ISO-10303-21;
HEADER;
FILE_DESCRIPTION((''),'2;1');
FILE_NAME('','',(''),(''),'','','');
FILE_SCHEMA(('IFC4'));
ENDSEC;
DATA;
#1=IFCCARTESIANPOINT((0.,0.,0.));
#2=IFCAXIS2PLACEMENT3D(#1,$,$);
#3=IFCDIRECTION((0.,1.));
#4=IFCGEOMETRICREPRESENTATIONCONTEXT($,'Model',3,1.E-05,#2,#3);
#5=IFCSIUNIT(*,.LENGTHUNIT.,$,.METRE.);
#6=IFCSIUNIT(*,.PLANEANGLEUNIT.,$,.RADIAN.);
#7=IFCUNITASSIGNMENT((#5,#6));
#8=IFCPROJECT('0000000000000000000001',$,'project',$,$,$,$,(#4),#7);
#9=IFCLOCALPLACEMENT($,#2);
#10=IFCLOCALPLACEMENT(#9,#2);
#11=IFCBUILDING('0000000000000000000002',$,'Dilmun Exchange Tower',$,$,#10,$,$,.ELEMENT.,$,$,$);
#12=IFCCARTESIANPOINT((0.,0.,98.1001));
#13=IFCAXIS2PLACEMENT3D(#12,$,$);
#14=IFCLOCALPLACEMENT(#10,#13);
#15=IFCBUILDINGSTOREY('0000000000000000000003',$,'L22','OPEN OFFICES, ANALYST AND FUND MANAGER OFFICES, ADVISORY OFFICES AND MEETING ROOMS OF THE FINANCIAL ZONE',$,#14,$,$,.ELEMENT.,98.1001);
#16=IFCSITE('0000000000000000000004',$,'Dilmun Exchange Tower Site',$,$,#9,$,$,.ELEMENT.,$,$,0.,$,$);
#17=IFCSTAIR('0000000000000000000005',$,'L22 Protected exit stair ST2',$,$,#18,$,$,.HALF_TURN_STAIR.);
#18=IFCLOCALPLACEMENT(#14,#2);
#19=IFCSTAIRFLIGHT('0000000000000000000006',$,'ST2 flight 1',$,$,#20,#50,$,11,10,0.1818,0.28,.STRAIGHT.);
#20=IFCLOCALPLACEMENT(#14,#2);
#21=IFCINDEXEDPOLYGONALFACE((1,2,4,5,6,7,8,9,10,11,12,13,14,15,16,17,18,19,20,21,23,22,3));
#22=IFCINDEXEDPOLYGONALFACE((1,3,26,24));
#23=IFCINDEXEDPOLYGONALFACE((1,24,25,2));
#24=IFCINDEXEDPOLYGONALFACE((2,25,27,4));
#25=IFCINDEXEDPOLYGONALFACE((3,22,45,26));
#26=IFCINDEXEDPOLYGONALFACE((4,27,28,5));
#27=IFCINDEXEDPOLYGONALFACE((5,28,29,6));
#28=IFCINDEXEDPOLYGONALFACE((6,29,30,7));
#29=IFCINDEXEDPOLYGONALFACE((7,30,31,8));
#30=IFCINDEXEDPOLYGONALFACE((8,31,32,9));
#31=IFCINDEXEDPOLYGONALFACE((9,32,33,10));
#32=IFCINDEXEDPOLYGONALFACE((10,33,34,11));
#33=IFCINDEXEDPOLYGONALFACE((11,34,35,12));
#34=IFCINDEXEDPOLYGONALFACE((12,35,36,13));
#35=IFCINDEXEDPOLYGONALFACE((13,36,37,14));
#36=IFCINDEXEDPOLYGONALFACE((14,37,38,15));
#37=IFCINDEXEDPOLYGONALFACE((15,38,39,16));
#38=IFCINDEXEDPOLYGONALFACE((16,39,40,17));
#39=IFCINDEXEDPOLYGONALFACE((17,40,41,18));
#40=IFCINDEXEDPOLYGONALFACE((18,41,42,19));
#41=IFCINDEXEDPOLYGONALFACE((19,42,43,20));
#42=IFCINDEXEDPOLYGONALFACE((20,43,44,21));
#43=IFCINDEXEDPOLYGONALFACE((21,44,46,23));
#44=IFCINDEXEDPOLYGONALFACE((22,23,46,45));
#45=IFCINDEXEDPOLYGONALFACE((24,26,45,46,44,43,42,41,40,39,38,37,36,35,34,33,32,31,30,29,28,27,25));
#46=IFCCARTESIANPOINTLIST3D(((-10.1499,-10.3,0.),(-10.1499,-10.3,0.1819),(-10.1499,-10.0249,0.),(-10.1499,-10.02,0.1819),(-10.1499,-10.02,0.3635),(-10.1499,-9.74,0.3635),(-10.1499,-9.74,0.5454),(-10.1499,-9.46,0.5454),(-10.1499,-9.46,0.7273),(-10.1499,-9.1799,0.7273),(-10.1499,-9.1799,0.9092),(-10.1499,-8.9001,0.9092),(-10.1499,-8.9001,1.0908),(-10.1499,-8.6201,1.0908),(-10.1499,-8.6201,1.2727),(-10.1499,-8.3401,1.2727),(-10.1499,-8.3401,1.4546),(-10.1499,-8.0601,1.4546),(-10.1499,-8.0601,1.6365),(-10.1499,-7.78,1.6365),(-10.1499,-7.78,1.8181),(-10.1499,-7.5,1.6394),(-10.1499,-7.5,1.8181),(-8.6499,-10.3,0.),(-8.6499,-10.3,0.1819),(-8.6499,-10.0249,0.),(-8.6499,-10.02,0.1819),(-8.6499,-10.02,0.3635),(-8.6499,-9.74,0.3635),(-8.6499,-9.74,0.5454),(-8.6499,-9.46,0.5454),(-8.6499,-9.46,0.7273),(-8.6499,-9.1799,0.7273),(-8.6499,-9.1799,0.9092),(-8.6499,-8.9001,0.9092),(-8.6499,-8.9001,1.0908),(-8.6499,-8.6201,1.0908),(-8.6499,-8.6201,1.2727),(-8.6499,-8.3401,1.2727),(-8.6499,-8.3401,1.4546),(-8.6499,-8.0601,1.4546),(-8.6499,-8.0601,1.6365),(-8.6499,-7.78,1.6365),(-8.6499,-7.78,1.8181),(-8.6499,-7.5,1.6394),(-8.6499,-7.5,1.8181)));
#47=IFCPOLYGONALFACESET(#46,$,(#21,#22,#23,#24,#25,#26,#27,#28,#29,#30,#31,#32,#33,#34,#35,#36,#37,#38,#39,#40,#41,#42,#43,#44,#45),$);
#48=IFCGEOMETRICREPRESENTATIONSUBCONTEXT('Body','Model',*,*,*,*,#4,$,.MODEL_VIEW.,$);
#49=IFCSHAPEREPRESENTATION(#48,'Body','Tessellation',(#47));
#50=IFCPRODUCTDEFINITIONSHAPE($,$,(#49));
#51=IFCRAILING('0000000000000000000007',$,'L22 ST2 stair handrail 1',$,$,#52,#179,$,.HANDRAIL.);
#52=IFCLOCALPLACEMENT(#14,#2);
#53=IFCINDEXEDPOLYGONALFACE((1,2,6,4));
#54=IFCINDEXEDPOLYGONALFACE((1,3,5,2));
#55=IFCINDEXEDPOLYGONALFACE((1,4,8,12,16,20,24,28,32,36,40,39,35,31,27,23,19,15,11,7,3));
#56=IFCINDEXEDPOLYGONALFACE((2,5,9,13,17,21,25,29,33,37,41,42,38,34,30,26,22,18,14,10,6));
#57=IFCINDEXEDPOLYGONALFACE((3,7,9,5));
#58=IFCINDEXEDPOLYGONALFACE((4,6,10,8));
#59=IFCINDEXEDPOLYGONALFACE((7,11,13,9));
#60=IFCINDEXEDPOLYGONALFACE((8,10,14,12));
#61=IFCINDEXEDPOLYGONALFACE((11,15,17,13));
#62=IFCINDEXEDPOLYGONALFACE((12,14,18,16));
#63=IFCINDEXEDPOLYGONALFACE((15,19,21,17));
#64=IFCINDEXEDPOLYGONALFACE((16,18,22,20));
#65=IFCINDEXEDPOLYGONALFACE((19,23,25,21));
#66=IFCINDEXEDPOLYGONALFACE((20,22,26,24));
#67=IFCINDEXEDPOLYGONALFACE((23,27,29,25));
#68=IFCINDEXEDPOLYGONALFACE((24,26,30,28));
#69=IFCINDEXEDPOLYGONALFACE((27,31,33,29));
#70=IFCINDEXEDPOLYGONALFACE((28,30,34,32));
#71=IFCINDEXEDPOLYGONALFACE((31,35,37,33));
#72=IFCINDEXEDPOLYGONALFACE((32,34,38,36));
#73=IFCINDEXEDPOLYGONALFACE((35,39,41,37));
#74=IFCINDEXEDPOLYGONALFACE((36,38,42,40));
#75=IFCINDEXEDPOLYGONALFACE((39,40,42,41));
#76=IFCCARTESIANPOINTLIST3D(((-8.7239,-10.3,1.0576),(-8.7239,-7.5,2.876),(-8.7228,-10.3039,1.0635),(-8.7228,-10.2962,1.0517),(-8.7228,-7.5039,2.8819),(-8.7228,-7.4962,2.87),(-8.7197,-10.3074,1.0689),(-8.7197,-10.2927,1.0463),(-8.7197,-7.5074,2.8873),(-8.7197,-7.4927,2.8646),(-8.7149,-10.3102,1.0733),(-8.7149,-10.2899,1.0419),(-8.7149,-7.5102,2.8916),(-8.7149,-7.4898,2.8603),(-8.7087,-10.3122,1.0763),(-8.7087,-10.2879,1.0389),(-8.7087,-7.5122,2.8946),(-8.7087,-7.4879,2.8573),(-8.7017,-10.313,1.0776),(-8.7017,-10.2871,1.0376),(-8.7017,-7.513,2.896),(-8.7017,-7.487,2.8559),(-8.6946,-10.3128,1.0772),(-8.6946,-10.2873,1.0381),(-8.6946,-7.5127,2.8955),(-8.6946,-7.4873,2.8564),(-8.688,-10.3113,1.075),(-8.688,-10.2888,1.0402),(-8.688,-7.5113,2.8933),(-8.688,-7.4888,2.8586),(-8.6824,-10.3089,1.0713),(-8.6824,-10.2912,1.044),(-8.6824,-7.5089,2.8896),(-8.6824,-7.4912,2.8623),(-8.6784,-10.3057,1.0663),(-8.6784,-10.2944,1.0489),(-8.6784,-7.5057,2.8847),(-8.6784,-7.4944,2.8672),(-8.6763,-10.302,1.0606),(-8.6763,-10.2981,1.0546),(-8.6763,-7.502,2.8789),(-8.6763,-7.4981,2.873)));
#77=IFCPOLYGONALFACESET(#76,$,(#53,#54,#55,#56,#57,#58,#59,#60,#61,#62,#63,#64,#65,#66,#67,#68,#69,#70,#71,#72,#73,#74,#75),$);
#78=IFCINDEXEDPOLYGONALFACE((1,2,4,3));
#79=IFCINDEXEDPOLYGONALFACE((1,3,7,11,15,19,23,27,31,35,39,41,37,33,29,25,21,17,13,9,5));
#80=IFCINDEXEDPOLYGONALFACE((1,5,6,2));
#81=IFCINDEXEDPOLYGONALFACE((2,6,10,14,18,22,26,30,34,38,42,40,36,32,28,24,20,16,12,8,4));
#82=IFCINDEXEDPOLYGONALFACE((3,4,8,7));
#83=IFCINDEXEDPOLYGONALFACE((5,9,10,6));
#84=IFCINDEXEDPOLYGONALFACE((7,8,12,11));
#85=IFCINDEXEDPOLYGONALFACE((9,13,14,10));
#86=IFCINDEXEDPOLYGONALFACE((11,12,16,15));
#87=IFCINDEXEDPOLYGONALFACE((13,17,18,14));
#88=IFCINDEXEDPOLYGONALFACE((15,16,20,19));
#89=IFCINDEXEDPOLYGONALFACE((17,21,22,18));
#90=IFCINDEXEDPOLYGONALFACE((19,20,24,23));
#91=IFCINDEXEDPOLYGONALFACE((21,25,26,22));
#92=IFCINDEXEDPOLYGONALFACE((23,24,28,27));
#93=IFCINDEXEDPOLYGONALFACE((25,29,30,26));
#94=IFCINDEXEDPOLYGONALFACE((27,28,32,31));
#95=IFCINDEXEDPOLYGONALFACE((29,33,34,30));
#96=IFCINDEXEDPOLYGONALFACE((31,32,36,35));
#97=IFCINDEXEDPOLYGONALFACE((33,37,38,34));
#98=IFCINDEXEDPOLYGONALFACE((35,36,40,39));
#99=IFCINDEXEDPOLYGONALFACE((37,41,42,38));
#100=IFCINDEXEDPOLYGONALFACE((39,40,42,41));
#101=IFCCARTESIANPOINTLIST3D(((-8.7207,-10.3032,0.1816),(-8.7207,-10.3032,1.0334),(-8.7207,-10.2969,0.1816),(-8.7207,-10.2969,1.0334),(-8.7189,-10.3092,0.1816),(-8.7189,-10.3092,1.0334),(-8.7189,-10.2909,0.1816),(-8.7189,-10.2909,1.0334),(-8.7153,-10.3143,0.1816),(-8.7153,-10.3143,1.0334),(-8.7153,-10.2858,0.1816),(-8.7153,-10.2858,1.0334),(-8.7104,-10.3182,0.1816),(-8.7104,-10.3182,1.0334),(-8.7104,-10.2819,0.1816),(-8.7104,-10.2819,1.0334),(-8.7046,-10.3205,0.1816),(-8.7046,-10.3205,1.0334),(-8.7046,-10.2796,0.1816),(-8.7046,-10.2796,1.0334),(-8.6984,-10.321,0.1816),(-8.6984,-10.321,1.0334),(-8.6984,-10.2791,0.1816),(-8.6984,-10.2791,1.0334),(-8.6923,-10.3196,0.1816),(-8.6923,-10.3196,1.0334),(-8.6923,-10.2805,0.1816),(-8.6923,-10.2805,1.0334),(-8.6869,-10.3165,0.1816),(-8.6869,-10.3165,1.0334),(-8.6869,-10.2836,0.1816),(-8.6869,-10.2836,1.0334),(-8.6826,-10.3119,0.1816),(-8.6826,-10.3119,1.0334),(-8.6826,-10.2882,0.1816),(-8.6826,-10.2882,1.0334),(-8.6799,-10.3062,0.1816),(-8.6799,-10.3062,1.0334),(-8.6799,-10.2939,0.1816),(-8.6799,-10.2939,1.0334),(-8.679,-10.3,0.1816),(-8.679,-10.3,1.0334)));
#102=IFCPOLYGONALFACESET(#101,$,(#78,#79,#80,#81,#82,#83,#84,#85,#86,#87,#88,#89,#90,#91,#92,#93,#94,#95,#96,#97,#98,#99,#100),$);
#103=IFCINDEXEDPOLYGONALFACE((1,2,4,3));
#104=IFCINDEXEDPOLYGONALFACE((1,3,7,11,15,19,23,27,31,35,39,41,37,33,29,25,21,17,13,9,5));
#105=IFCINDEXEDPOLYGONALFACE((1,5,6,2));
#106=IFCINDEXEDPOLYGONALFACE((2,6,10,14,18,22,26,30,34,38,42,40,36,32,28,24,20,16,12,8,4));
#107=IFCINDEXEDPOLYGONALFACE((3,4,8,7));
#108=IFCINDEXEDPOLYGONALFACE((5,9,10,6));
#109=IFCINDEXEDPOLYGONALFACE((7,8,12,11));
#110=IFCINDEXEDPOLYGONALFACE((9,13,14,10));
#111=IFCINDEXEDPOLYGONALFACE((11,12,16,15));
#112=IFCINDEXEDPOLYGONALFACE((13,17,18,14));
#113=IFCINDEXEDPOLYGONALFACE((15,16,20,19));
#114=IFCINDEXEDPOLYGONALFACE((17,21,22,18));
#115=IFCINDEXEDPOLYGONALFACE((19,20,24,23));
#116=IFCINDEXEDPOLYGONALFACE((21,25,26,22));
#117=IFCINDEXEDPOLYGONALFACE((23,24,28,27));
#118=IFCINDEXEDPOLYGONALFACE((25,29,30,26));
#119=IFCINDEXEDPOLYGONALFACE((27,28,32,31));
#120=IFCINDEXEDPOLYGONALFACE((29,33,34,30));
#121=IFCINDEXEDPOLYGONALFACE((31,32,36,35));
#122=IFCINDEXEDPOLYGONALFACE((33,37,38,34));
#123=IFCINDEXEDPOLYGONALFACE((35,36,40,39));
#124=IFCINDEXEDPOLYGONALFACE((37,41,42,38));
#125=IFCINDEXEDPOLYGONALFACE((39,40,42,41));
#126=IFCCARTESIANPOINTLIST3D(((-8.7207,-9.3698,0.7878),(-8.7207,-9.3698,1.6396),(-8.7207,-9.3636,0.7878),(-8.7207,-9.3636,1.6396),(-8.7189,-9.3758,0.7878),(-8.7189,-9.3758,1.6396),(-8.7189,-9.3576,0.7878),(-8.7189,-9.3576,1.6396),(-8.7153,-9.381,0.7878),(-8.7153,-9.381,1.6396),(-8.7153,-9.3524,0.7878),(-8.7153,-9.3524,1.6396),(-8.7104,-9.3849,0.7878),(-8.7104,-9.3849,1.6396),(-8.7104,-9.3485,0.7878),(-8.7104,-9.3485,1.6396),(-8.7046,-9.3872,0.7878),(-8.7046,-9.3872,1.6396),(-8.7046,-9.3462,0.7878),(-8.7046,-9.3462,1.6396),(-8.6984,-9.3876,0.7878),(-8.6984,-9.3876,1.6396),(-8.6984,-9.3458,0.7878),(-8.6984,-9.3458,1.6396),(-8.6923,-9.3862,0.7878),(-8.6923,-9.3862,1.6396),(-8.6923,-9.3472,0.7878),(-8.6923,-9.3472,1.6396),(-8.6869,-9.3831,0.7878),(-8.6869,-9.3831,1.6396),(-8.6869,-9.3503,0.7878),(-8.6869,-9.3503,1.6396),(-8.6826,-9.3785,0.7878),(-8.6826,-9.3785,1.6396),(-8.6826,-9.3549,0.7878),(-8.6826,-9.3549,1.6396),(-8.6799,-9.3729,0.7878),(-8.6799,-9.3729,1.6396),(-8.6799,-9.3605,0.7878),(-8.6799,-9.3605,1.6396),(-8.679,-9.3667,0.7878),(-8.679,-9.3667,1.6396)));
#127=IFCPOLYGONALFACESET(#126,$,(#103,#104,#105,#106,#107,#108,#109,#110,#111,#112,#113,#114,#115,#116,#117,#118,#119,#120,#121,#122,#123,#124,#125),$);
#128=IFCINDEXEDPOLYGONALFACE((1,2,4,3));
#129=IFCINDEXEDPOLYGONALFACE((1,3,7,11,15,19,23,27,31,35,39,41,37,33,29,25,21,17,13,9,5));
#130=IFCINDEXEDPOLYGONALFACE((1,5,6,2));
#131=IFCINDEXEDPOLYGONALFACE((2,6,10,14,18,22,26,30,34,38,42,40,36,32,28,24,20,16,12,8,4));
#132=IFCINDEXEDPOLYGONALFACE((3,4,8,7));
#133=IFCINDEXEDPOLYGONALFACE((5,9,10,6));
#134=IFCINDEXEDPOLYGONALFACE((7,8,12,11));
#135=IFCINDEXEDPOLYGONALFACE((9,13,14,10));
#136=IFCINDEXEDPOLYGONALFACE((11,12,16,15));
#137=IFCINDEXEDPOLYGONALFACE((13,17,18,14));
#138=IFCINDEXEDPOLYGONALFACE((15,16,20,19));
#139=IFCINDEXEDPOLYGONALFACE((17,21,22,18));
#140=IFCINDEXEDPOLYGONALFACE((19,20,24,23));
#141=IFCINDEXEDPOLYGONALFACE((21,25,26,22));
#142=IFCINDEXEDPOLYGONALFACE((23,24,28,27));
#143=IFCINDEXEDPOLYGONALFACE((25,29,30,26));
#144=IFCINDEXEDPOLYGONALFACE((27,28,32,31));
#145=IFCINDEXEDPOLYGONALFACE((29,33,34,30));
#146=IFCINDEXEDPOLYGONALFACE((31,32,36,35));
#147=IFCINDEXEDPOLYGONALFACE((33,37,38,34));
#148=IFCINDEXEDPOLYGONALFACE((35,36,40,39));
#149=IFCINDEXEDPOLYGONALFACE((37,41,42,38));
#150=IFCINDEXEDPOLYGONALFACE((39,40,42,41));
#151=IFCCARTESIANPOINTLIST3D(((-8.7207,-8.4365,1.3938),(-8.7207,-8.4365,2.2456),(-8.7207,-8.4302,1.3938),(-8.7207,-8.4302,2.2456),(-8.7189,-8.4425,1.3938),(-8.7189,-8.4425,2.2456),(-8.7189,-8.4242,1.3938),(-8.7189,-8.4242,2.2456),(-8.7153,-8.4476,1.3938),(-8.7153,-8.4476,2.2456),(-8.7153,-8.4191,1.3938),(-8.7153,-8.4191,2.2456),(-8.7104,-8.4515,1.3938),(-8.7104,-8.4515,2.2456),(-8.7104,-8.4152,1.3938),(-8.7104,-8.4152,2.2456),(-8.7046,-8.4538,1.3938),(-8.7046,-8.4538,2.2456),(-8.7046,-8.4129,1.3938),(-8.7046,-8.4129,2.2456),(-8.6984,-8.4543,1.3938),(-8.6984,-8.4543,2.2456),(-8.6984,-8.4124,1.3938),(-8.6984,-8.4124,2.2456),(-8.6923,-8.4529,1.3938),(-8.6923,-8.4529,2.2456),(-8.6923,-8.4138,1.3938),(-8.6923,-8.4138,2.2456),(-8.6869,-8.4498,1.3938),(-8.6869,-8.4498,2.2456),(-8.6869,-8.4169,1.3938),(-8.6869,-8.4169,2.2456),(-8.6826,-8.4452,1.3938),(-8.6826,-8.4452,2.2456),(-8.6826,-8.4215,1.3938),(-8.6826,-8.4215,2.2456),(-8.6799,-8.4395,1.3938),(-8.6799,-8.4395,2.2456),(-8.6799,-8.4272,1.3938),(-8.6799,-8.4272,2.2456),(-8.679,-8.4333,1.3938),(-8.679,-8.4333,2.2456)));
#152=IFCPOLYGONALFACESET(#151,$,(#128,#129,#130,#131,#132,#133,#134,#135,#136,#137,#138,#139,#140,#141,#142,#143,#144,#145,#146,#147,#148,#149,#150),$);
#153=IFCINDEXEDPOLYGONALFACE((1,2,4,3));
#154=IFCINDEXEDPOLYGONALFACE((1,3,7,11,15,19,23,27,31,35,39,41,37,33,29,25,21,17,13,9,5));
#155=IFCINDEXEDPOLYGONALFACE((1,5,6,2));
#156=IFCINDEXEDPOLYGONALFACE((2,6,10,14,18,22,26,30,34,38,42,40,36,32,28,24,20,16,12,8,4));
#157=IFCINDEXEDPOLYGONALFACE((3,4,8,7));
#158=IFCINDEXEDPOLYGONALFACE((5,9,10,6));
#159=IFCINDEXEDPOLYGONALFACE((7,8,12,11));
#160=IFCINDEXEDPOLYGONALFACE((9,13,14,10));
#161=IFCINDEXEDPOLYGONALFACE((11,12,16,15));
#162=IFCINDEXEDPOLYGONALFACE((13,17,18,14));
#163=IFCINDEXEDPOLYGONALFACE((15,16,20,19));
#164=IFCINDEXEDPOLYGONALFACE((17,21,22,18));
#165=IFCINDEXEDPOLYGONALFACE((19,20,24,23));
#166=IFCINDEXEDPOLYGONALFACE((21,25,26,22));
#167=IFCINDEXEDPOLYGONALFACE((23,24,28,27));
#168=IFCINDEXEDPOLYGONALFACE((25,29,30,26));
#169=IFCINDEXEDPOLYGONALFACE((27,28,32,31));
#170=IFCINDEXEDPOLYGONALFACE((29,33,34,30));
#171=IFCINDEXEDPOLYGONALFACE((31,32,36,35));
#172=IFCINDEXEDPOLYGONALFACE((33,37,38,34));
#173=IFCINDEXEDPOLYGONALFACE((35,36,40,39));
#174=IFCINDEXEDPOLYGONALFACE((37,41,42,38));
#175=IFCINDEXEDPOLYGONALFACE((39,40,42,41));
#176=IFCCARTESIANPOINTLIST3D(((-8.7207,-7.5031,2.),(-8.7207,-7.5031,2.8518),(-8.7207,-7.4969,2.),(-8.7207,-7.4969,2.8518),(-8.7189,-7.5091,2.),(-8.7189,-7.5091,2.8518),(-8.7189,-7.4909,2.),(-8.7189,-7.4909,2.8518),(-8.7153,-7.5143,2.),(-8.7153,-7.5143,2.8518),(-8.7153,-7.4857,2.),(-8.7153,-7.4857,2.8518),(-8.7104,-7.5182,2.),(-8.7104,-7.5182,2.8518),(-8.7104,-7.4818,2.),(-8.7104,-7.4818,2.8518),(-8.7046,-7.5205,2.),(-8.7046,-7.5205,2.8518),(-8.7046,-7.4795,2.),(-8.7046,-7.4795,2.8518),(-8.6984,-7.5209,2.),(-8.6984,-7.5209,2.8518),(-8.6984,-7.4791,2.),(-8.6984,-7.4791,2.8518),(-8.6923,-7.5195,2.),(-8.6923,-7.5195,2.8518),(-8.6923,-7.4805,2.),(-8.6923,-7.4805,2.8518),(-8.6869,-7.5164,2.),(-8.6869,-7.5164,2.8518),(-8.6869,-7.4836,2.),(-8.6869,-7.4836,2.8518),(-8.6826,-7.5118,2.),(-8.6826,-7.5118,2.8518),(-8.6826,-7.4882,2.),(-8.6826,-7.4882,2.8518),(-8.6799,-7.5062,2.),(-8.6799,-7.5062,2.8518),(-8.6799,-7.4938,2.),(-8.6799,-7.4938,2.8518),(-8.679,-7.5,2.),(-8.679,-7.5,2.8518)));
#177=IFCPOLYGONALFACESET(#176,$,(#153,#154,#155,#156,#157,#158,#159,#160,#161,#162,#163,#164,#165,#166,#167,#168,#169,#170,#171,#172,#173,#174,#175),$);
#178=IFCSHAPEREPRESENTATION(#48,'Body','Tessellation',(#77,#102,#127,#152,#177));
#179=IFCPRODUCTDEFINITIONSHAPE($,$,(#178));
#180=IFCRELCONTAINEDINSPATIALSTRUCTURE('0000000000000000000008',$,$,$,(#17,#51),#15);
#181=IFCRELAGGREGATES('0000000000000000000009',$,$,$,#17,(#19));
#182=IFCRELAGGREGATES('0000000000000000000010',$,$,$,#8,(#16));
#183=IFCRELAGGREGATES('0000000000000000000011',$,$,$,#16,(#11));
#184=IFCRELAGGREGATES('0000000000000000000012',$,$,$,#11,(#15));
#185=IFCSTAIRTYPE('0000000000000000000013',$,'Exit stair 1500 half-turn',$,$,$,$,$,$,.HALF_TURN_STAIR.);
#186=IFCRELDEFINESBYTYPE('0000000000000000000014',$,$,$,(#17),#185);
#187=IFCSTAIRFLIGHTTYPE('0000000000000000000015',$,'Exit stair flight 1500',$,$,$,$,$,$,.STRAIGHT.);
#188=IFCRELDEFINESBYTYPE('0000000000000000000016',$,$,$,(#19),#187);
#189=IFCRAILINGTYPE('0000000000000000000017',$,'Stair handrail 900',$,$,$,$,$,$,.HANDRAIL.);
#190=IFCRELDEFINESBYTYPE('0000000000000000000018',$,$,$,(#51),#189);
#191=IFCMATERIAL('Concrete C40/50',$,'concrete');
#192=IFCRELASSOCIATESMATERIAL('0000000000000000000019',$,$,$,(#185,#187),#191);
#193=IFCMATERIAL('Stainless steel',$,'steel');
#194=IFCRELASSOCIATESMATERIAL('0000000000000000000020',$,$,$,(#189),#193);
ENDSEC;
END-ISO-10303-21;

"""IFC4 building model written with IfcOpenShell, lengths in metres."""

from ifc_helpers import new_model, si_unit, direction, frame, origin, origin_2d, place, context, subcontext, project, spatial, polyline, circle, outline, extrude, material, type_object, element, aggregate, save


model = new_model("IFC4")

# Units and contexts
model_context = context("Model", 3, precision=1e-05, world=origin(), true_north=direction((0.0, 1.0)))
body_context = subcontext(model_context, "Body", "Model", "MODEL_VIEW")
ifc_project = project(units=[si_unit("LENGTHUNIT", "METRE"), si_unit("PLANEANGLEUNIT", "RADIAN")], contexts=[model_context])

# Site, building, storey
site_placement = place(None, origin())
site = spatial("IfcSite", under=ifc_project, at=site_placement, Name="Dilmun Exchange Tower Site", CompositionType="ELEMENT", RefElevation=0.0)
building_placement = place(site_placement, origin())
building = spatial("IfcBuilding", under=site, at=building_placement, Name="Dilmun Exchange Tower", CompositionType="ELEMENT")
storey_placement = place(building_placement, frame((0.0, 0.0, 98.1001)))
storey = spatial("IfcBuildingStorey", under=building, at=storey_placement, Name="L22", Description="OPEN OFFICES, ANALYST AND FUND MANAGER OFFICES, ADVISORY OFFICES AND MEETING ROOMS OF THE FINANCIAL ZONE", CompositionType="ELEMENT", Elevation=98.1001)

# Shared definitions
ifc_material_1 = material(Name="Concrete C40/50", Category="concrete")

# Stair, stair flight
stair_type = type_object("IfcStairType", Name="Exit stair 1500 half-turn", PredefinedType="HALF_TURN_STAIR", material=ifc_material_1)
stair_placement = place(storey_placement, origin())
stair = element("IfcStair", 1, at=stair_placement, inside=storey, type_object=stair_type, Name="L22 Protected exit stair ST2", PredefinedType="HALF_TURN_STAIR")
stair_flight_type = type_object("IfcStairFlightType", Name="Exit stair flight 1500", PredefinedType="STRAIGHT", material=ifc_material_1)
stair_flight_placement = place(storey_placement, frame((-9.3999, -10.3, 0.0), z_axis=(0.0, 0.0, 1.0), x_axis=(0.0, 1.0, 0.0)))
stair_flight = element("IfcStairFlight", 2, at=stair_flight_placement, type_object=stair_flight_type, Name="ST2 flight 1", NumberOfRisers=11, NumberOfTreads=10, PredefinedType="STRAIGHT", RiserHeight=0.1818, TreadLength=0.28, context=body_context, shape_type="SweptSolid", body=[
    extrude(outline(polyline([(0.0, 0.0), (0.0, 0.1819), (0.28, 0.1819), (0.28, 0.3635), (0.5601, 0.3635), (0.5601, 0.5454), (0.8401, 0.5454), (0.8401, 0.7273), (1.1201, 0.7273), (1.1201, 0.9092), (1.3999, 0.9092), (1.3999, 1.0908), (1.6799, 1.0908), (1.6799, 1.2727), (1.96, 1.2727), (1.96, 1.4546), (2.24, 1.4546), (2.24, 1.6365), (2.52, 1.6365), (2.52, 1.8181), (2.8, 1.8181), (2.8, 2.0), (2.8, 1.6394), (0.2751, 0.0), (0.0, 0.0)])), frame((0.0, 0.75, 0.0), z_axis=(0.0, -1.0, 0.0), x_axis=(1.0, 0.0, 0.0)), (0.0, 0.0, 1.0), 1.5),
])
aggregate(stair, [stair_flight])

# Railing
ifc_material_2 = material(Name="Stainless steel", Category="steel")
railing_type = type_object("IfcRailingType", Name="Stair handrail 900", PredefinedType="HANDRAIL", material=ifc_material_2)
railing_placement = place(storey_placement, frame((-8.7, -10.3, 0.1816)))
element("IfcRailing", 3, at=railing_placement, inside=storey, type_object=railing_type, Name="L22 ST2 stair handrail 1", PredefinedType="HANDRAIL", context=body_context, shape_type="SweptSolid", body=[
    extrude(circle(Radius=0.0239, at=origin_2d()), frame((0.0, 0.0, 0.876), z_axis=(0.0, 0.838672, 0.544636), x_axis=(-1.0, 0.0, 0.0)), (0.0, 0.0, 1.0), 3.3386),
    extrude(circle(Radius=0.021, at=origin_2d()), origin(), (0.0, 0.0, 1.0), 0.8518),
    extrude(circle(Radius=0.021, at=origin_2d()), frame((0.0, 0.9333, 0.6062)), (0.0, 0.0, 1.0), 0.8518),
    extrude(circle(Radius=0.021, at=origin_2d()), frame((0.0, 1.8667, 1.2122)), (0.0, 0.0, 1.0), 0.8518),
    extrude(circle(Radius=0.021, at=origin_2d()), frame((0.0, 2.8, 1.8184)), (0.0, 0.0, 1.0), 0.8518),
])

save(model, "model.ifc")
